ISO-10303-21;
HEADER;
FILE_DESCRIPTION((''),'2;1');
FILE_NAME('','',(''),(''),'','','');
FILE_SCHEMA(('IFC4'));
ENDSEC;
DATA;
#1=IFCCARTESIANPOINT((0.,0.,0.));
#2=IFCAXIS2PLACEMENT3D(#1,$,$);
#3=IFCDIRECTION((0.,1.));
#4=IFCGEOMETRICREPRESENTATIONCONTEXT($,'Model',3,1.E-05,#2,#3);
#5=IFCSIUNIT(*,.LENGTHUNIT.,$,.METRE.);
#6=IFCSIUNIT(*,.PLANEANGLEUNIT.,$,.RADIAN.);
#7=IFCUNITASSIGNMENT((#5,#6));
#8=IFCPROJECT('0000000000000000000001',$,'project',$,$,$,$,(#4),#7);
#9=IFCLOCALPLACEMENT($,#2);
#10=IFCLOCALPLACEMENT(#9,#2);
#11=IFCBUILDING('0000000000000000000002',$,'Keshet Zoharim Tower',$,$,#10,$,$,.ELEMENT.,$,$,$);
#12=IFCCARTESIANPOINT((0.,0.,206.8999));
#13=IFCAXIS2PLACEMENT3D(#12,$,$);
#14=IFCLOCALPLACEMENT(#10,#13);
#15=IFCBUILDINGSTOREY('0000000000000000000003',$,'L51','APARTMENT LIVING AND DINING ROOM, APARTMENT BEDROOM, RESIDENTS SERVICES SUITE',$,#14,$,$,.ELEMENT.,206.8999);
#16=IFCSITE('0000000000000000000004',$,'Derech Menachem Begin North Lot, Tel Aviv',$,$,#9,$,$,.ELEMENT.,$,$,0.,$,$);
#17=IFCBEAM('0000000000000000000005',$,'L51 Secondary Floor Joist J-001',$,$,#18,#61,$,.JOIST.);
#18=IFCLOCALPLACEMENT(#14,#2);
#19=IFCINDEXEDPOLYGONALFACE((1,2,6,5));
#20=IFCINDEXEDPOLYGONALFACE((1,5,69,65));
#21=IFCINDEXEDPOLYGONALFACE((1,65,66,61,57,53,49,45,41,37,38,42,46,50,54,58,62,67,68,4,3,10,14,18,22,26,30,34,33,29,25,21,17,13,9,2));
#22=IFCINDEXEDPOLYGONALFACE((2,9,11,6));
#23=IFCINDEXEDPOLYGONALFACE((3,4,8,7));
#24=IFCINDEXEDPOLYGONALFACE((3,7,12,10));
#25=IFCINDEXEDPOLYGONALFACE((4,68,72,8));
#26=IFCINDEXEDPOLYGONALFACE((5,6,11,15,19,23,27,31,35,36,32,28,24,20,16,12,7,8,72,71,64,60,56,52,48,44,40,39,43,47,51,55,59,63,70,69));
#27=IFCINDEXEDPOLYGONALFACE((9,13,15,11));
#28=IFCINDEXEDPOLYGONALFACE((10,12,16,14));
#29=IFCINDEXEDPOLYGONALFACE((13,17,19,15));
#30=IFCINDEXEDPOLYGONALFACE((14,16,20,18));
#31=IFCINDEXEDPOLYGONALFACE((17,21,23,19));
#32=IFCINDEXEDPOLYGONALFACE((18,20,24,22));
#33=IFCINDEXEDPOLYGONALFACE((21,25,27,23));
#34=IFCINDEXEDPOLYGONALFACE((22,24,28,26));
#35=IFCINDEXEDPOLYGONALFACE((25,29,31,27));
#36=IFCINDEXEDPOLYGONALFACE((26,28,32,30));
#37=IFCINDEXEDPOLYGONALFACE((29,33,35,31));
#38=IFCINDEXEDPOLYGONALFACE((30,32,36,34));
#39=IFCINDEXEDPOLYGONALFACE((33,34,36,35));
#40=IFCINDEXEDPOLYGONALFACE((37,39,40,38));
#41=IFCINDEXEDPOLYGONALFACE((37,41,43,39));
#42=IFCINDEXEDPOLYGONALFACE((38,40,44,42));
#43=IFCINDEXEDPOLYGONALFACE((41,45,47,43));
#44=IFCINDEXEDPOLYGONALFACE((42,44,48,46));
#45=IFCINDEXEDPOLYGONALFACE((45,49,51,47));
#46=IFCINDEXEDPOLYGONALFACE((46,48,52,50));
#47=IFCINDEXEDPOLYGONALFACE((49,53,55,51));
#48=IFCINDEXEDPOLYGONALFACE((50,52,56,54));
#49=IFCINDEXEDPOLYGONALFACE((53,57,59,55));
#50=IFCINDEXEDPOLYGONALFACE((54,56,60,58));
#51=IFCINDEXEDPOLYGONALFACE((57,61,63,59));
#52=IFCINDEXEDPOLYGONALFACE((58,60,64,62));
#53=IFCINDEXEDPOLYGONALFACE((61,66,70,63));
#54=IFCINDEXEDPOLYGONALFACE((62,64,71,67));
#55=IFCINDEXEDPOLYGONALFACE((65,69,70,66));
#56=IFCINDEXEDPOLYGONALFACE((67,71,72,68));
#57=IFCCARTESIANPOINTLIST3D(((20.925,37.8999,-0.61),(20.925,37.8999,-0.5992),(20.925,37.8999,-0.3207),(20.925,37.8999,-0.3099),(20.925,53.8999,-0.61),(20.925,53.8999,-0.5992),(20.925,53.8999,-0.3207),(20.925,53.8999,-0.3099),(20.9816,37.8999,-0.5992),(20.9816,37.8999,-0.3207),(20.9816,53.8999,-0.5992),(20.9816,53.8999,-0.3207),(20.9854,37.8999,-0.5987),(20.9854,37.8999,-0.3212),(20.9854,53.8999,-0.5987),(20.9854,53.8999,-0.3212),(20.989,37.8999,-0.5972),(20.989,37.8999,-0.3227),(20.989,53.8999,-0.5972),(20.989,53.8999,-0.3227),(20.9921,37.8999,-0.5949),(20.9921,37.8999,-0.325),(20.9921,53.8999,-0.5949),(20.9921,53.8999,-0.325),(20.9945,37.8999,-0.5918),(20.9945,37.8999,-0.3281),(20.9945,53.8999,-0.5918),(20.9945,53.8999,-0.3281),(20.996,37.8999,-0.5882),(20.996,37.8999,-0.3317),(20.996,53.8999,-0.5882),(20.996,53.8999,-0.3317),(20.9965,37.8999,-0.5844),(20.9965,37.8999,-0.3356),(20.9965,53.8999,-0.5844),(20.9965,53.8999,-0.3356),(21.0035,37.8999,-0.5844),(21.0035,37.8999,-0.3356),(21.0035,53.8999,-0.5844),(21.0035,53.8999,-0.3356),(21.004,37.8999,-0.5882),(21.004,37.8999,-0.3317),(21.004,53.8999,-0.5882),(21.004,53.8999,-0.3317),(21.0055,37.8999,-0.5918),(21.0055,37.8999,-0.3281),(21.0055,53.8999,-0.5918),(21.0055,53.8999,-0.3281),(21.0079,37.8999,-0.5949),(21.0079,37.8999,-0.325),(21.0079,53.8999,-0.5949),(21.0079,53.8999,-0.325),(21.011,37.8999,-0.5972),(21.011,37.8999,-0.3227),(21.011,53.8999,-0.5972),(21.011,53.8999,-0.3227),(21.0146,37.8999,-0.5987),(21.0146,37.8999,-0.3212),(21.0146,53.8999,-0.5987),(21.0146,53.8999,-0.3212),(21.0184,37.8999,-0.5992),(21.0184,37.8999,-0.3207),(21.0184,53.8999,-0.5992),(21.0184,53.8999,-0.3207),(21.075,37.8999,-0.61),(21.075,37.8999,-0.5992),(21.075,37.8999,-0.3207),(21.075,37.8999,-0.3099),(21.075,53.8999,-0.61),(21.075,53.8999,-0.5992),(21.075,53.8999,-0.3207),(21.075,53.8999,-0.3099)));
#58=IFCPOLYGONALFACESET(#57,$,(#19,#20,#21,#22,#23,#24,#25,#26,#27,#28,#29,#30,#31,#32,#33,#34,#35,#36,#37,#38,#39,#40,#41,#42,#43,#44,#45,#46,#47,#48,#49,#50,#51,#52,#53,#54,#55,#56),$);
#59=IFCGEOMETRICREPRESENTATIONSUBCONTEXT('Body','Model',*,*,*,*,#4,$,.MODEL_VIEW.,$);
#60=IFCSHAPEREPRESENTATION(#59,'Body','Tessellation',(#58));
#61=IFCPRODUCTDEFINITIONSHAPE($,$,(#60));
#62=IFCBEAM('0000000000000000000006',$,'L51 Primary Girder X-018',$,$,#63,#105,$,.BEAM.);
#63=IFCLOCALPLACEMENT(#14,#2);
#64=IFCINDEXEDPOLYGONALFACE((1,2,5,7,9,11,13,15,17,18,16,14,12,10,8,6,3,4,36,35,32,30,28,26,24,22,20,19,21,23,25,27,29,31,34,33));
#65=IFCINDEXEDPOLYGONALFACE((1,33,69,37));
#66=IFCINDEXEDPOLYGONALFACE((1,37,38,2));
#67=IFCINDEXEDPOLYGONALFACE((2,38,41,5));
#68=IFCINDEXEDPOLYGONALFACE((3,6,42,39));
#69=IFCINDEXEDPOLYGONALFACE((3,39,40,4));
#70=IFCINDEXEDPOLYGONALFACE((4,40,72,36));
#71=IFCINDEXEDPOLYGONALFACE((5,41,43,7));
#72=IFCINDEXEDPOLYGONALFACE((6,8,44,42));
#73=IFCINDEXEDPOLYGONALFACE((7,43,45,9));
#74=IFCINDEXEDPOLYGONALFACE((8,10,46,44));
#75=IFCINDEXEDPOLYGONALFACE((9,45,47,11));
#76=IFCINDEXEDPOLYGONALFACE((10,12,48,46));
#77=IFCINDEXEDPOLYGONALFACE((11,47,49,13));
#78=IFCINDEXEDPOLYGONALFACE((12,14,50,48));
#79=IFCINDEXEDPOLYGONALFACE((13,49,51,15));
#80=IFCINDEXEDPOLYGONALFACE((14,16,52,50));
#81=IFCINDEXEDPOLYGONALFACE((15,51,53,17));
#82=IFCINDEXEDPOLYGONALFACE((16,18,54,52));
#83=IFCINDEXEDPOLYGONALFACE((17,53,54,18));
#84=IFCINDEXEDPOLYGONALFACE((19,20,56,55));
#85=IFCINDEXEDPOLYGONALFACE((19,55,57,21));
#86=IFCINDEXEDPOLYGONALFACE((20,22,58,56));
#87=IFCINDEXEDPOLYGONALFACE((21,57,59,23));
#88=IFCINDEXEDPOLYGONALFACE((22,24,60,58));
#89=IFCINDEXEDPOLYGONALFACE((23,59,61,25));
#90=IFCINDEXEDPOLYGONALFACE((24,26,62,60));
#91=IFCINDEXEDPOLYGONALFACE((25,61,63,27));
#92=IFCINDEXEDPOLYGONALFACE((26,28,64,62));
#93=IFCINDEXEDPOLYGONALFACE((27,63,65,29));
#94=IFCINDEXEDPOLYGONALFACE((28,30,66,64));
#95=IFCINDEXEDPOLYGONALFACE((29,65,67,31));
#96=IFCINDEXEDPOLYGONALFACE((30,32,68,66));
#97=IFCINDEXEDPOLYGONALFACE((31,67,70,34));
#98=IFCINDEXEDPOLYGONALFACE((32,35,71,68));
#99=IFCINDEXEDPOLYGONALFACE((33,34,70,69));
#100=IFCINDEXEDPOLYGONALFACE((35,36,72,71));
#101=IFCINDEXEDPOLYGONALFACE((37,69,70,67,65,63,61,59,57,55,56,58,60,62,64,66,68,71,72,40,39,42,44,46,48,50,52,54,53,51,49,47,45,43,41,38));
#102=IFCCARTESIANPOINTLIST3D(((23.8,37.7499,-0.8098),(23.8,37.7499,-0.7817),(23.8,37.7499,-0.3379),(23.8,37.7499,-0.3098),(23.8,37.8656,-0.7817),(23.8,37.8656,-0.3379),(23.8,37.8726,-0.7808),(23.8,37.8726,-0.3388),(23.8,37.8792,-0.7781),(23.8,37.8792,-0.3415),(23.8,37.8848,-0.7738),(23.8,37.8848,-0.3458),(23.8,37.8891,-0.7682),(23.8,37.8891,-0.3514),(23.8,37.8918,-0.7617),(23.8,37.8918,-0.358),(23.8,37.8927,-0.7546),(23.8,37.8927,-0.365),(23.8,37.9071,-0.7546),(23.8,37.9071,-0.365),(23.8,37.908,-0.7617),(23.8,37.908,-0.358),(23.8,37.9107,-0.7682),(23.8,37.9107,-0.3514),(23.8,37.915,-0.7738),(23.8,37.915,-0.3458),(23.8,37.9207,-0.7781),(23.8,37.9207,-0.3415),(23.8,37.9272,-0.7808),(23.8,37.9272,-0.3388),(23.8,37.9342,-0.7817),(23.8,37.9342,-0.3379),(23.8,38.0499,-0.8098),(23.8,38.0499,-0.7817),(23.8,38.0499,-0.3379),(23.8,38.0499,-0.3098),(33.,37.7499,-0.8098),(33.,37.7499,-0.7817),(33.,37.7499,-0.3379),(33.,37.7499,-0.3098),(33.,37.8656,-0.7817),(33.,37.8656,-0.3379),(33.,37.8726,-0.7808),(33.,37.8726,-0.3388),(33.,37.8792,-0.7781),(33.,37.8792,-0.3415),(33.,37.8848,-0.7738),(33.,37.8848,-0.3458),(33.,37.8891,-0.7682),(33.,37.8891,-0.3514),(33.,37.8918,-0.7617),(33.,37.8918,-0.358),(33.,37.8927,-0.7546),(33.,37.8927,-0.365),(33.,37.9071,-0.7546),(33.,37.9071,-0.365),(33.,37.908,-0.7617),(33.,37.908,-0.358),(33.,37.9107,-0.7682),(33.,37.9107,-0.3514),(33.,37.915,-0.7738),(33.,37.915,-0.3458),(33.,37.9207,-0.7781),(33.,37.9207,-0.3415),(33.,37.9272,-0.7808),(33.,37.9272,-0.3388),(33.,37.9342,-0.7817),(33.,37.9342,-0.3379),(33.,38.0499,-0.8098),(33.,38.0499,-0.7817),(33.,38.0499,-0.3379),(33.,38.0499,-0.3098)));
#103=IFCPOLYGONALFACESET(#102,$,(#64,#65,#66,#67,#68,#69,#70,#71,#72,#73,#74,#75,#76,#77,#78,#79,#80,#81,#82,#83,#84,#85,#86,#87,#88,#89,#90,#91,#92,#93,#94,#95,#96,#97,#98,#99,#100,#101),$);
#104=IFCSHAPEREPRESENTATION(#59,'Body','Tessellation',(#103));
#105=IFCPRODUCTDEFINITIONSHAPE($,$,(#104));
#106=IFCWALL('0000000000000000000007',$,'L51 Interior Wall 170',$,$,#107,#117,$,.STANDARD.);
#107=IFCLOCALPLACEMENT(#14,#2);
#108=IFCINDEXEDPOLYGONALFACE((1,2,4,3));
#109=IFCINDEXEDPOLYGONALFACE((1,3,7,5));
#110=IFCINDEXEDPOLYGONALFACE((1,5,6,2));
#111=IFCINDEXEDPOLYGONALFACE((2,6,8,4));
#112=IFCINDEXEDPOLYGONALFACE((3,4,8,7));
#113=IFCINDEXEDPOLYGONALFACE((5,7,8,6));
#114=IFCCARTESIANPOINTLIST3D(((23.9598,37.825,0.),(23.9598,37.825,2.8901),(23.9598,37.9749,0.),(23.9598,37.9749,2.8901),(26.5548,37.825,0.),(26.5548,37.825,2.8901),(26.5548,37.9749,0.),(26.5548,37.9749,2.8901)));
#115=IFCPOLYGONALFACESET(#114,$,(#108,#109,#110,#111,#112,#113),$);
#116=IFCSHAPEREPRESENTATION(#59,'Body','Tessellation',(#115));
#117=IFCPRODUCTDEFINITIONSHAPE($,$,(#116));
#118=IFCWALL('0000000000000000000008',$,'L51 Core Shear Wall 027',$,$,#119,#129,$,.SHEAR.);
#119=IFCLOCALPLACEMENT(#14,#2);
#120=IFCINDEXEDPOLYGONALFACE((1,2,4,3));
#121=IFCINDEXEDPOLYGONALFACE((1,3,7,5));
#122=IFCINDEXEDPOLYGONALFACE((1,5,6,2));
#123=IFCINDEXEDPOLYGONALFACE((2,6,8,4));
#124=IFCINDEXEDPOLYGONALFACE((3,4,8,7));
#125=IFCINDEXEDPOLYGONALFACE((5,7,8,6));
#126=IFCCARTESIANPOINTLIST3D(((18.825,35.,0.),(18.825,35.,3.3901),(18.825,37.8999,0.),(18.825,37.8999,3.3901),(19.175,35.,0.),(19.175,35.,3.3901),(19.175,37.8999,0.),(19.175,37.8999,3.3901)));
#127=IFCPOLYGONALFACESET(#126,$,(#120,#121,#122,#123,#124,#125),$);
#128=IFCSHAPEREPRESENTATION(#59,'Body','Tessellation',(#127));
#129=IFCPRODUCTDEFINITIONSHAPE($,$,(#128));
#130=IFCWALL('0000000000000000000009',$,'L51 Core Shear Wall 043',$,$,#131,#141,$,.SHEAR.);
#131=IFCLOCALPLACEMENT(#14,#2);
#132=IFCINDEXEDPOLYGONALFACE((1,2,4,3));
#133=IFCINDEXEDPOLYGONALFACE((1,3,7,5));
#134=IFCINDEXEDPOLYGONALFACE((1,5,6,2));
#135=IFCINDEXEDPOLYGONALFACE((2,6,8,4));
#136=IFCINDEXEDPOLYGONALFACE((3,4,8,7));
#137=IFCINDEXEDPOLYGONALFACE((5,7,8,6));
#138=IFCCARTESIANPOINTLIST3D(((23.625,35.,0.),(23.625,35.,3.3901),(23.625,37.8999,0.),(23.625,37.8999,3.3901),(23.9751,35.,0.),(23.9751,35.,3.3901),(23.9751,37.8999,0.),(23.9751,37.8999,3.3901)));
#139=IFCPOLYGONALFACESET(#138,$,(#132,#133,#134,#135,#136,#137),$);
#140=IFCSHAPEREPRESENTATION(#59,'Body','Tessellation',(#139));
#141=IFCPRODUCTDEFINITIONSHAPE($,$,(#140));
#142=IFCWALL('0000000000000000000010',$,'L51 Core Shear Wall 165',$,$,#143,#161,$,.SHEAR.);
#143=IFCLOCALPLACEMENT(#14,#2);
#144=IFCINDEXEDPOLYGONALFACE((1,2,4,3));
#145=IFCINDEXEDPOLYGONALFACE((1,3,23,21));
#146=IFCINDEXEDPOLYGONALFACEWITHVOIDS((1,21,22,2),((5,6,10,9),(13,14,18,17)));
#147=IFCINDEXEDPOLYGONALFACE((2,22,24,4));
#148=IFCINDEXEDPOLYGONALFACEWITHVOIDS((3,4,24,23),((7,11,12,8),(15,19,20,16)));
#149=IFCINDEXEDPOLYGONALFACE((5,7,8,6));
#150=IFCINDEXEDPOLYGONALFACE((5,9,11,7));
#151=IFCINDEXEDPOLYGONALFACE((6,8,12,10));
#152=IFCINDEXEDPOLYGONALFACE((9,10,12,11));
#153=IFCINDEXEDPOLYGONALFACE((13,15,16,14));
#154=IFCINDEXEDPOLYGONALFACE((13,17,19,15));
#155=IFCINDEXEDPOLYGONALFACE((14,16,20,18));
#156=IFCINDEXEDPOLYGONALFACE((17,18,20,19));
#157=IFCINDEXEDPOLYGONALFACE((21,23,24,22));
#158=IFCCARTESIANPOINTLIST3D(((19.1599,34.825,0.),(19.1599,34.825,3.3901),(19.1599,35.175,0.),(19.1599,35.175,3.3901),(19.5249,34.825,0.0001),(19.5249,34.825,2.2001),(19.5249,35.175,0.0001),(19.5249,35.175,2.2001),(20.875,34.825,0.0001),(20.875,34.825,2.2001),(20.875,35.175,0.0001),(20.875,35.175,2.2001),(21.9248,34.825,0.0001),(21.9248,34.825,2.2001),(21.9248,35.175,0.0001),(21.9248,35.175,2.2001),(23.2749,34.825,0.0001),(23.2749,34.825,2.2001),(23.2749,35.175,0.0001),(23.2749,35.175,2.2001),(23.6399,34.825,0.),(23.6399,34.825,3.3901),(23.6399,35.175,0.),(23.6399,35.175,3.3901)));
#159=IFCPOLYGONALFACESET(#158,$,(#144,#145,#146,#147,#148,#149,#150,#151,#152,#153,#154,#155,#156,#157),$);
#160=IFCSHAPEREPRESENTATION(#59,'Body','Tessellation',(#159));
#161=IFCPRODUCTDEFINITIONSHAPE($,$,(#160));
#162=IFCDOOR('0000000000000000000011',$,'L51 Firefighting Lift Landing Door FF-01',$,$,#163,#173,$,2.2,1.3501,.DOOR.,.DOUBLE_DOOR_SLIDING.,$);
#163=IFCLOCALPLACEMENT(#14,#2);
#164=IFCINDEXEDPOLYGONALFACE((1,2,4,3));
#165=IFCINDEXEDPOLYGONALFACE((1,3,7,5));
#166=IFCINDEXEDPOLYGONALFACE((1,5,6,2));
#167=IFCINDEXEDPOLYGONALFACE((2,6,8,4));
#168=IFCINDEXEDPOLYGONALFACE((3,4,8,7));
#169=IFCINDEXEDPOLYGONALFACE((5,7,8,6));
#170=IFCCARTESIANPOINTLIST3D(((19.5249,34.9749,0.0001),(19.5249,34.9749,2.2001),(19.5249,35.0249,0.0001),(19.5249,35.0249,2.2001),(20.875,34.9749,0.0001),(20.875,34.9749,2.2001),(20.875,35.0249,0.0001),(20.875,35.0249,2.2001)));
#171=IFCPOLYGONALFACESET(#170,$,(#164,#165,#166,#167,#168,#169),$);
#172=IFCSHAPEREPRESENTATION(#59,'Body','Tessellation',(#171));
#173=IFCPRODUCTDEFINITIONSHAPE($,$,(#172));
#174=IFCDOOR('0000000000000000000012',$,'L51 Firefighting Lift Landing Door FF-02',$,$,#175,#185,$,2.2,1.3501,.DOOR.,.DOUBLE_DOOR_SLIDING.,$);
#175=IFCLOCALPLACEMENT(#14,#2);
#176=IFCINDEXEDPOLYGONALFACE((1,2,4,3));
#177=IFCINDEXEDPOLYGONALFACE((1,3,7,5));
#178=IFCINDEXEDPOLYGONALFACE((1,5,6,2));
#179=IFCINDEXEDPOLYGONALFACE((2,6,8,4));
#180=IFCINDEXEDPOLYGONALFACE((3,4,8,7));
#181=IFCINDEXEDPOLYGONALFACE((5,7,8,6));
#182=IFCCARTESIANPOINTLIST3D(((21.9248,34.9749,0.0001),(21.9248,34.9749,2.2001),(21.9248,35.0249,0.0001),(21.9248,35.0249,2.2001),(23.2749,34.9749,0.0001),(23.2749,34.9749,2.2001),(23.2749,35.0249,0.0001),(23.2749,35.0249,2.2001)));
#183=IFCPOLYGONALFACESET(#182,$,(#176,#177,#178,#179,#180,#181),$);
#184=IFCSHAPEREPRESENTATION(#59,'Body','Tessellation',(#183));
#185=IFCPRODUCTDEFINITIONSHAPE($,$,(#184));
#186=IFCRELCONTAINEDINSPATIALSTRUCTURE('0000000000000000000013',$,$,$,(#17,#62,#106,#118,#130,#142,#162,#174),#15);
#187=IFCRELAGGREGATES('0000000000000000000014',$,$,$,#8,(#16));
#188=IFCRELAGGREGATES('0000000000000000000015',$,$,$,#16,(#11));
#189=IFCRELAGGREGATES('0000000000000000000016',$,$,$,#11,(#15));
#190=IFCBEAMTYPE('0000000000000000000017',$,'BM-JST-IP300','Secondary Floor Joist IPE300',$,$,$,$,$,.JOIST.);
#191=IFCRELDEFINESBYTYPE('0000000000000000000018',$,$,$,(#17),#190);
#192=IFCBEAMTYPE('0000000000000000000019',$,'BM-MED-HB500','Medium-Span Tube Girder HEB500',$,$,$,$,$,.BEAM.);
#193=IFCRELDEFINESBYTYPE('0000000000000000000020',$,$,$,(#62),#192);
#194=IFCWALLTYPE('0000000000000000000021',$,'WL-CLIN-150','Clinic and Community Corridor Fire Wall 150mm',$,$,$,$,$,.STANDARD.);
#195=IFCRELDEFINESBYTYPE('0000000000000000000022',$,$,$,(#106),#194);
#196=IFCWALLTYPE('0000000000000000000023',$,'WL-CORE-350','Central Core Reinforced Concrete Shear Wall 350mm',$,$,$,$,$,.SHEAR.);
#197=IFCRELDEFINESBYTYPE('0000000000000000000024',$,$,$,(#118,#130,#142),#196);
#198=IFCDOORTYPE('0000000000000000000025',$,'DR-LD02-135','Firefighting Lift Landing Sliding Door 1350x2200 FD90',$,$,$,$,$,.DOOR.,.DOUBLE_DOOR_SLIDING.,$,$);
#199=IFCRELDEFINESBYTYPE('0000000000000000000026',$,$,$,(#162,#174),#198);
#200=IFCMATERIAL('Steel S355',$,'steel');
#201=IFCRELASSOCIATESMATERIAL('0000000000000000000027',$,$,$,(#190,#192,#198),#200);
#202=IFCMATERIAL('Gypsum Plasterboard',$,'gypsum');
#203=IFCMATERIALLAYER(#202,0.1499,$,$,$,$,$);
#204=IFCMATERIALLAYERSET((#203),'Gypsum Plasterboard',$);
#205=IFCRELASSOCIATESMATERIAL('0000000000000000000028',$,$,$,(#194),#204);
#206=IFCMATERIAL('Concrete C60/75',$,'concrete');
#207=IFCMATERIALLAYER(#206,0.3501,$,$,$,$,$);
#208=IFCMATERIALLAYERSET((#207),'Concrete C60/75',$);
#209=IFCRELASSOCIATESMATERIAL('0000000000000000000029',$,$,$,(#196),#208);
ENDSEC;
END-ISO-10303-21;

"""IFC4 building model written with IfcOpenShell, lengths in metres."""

from ifc_helpers import new_model, si_unit, direction, frame, frame_2d, origin, origin_2d, place, context, subcontext, project, spatial, rectangle, i_section, extrude, material, layer, layer_set, material_profile, profile_set, type_object, element, fill, save


model = new_model("IFC4")

# Units and contexts
model_context = context("Model", 3, precision=1e-05, world=origin(), true_north=direction((0.0, 1.0)))
body_context = subcontext(model_context, "Body", "Model", "MODEL_VIEW")
ifc_project = project(units=[si_unit("LENGTHUNIT", "METRE"), si_unit("PLANEANGLEUNIT", "RADIAN")], contexts=[model_context])

# Site, building, storey
site_placement = place(None, origin())
site = spatial("IfcSite", under=ifc_project, at=site_placement, Name="Derech Menachem Begin North Lot, Tel Aviv", CompositionType="ELEMENT", RefElevation=0.0)
building_placement = place(site_placement, origin())
building = spatial("IfcBuilding", under=site, at=building_placement, Name="Keshet Zoharim Tower", CompositionType="ELEMENT")
storey_placement = place(building_placement, frame((0.0, 0.0, 206.8999)))
storey = spatial("IfcBuildingStorey", under=building, at=storey_placement, Name="L51", Description="APARTMENT LIVING AND DINING ROOM, APARTMENT BEDROOM, RESIDENTS SERVICES SUITE", CompositionType="ELEMENT", Elevation=206.8999)

# Beams
ifc_material_1 = material(Name="Steel S355", Category="steel")
ifc_material_profile_1 = material_profile(ifc_material_1, i_section(OverallWidth=0.1499, OverallDepth=0.3, WebThickness=0.0071, FlangeThickness=0.0107, FilletRadius=0.0149, at=origin_2d()), Name="IPE300")
ifc_profile_set_1 = profile_set([ifc_material_profile_1], Name="Steel S355")
beam_type_1 = type_object("IfcBeamType", Name="BM-JST-IP300", Description="Secondary Floor Joist IPE300", PredefinedType="JOIST", material=ifc_profile_set_1)
beam_1_placement = place(storey_placement, frame((21.0, 37.8999, -0.46), z_axis=(0.0, 1.0, 0.0), x_axis=(-1.0, 0.0, 0.0)))
element("IfcBeam", 1, at=beam_1_placement, inside=storey, type_object=beam_type_1, Name="L51 Secondary Floor Joist J-001", PredefinedType="JOIST", context=body_context, shape_type="SweptSolid", body=[
    extrude(i_section(OverallWidth=0.1499, OverallDepth=0.3, WebThickness=0.0071, FlangeThickness=0.0107, FilletRadius=0.0149, at=origin_2d()), origin(), (0.0, 0.0, 1.0), 16.0),
])
ifc_material_profile_2 = material_profile(ifc_material_1, i_section(OverallWidth=0.3, OverallDepth=0.5, WebThickness=0.0144, FlangeThickness=0.0281, FilletRadius=0.0271, at=origin_2d()), Name="HEB500")
ifc_profile_set_2 = profile_set([ifc_material_profile_2], Name="Steel S355")
beam_type_2 = type_object("IfcBeamType", Name="BM-MED-HB500", Description="Medium-Span Tube Girder HEB500", PredefinedType="BEAM", material=ifc_profile_set_2)
beam_2_placement = place(storey_placement, frame((23.8, 37.8999, -0.5598), z_axis=(1.0, 0.0, 0.0), x_axis=(0.0, 1.0, 0.0)))
element("IfcBeam", 2, at=beam_2_placement, inside=storey, type_object=beam_type_2, Name="L51 Primary Girder X-018", PredefinedType="BEAM", context=body_context, shape_type="SweptSolid", body=[
    extrude(i_section(OverallWidth=0.3, OverallDepth=0.5, WebThickness=0.0144, FlangeThickness=0.0281, FilletRadius=0.0271, at=origin_2d()), origin(), (0.0, 0.0, 1.0), 9.2),
])

# Walls
ifc_material_2 = material(Name="Gypsum Plasterboard", Category="gypsum")
ifc_layer_1 = layer(ifc_material_2, 0.1499)
ifc_layer_set_1 = layer_set([ifc_layer_1], Name="Gypsum Plasterboard")
wall_type_1 = type_object("IfcWallType", Name="WL-CLIN-150", Description="Clinic and Community Corridor Fire Wall 150mm", PredefinedType="STANDARD", material=ifc_layer_set_1)
wall_1_placement = place(storey_placement, frame((23.96, 37.8999, 0.0), z_axis=(0.0, 0.0, 1.0), x_axis=(1.0, 0.0, 0.0)))
element("IfcWall", 3, at=wall_1_placement, inside=storey, type_object=wall_type_1, Name="L51 Interior Wall 170", PredefinedType="STANDARD", context=body_context, shape_type="SweptSolid", body=[
    extrude(rectangle(XDim=2.595, YDim=0.1499, at=frame_2d((1.2974, 0.0))), origin(), (0.0, 0.0, 1.0), 2.8901),
])
ifc_material_3 = material(Name="Concrete C60/75", Category="concrete")
ifc_layer_2 = layer(ifc_material_3, 0.3501)
ifc_layer_set_2 = layer_set([ifc_layer_2], Name="Concrete C60/75")
wall_type_2 = type_object("IfcWallType", Name="WL-CORE-350", Description="Central Core Reinforced Concrete Shear Wall 350mm", PredefinedType="SHEAR", material=ifc_layer_set_2)
for number, where, z_axis, x_axis, name in (
    (4, (19.0, 35.0, 0.0), (0.0, 0.0, 1.0), (0.0, 1.0, 0.0), "L51 Core Shear Wall 027"),
    (5, (23.8, 35.0, 0.0), (0.0, 0.0, 1.0), (0.0, 1.0, 0.0), "L51 Core Shear Wall 043"),
):
    element("IfcWall", number, at=place(storey_placement, frame(where, z_axis=z_axis, x_axis=x_axis)), inside=storey, type_object=wall_type_2, Name=name, PredefinedType="SHEAR", context=body_context, shape_type="SweptSolid", body=[
        extrude(rectangle(XDim=2.8999, YDim=0.3501, at=frame_2d((1.45, 0.0))), origin(), (0.0, 0.0, 1.0), 3.3901),
    ])

# Wall, openings, doors
wall_2_placement = place(storey_placement, frame((19.1599, 35.0, 0.0), z_axis=(0.0, 0.0, 1.0), x_axis=(1.0, 0.0, 0.0)))
wall_2 = element("IfcWall", 6, at=wall_2_placement, inside=storey, type_object=wall_type_2, Name="L51 Core Shear Wall 165", PredefinedType="SHEAR", context=body_context, shape_type="SweptSolid", body=[
    extrude(rectangle(XDim=4.48, YDim=0.3501, at=frame_2d((2.24, 0.0))), origin(), (0.0, 0.0, 1.0), 3.3901),
])
opening_1_placement = place(wall_2_placement, frame((0.365, 0.0, 0.0)))
opening_1 = element("IfcOpeningElement", 7, at=opening_1_placement, cuts=wall_2, PredefinedType="OPENING", context=body_context, shape_type="SweptSolid", body=[
    extrude(rectangle(XDim=1.3501, YDim=2.2, at=frame_2d((0.675, 1.1001))), frame((0.0, 0.1851, 0.0), z_axis=(0.0, -1.0, 0.0), x_axis=(1.0, 0.0, 0.0)), (0.0, 0.0, 1.0), 0.3701),
])
opening_2_placement = place(wall_2_placement, frame((2.7649, 0.0, 0.0)))
opening_2 = element("IfcOpeningElement", 8, at=opening_2_placement, cuts=wall_2, PredefinedType="OPENING", context=body_context, shape_type="SweptSolid", body=[
    extrude(rectangle(XDim=1.3501, YDim=2.2, at=frame_2d((0.675, 1.1001))), frame((0.0, 0.1851, 0.0), z_axis=(0.0, -1.0, 0.0), x_axis=(1.0, 0.0, 0.0)), (0.0, 0.0, 1.0), 0.3701),
])
door_type_1 = type_object("IfcDoorType", Name="DR-LD02-135", Description="Firefighting Lift Landing Sliding Door 1350x2200 FD90", OperationType="DOUBLE_DOOR_SLIDING", PredefinedType="DOOR", material=ifc_material_1)
door_1_placement = place(opening_1_placement, origin())
door_1 = element("IfcDoor", 9, at=door_1_placement, inside=storey, type_object=door_type_1, Name="L51 Firefighting Lift Landing Door FF-01", OperationType="DOUBLE_DOOR_SLIDING", OverallHeight=2.2, OverallWidth=1.3501, PredefinedType="DOOR", context=body_context, shape_type="SweptSolid", body=[
    extrude(rectangle(XDim=1.3501, YDim=2.2, at=frame_2d((0.675, 1.1001))), frame((0.0, 0.0249, 0.0), z_axis=(0.0, -1.0, 0.0), x_axis=(1.0, 0.0, 0.0)), (0.0, 0.0, 1.0), 0.05),
])
fill(opening_1, door_1)
door_2_placement = place(opening_2_placement, origin())
door_2 = element("IfcDoor", 10, at=door_2_placement, inside=storey, type_object=door_type_1, Name="L51 Firefighting Lift Landing Door FF-02", OperationType="DOUBLE_DOOR_SLIDING", OverallHeight=2.2, OverallWidth=1.3501, PredefinedType="DOOR", context=body_context, shape_type="SweptSolid", body=[
    extrude(rectangle(XDim=1.3501, YDim=2.2, at=frame_2d((0.675, 1.1001))), frame((0.0, 0.0249, 0.0), z_axis=(0.0, -1.0, 0.0), x_axis=(1.0, 0.0, 0.0)), (0.0, 0.0, 1.0), 0.05),
])
fill(opening_2, door_2)

save(model, "model.ifc")
